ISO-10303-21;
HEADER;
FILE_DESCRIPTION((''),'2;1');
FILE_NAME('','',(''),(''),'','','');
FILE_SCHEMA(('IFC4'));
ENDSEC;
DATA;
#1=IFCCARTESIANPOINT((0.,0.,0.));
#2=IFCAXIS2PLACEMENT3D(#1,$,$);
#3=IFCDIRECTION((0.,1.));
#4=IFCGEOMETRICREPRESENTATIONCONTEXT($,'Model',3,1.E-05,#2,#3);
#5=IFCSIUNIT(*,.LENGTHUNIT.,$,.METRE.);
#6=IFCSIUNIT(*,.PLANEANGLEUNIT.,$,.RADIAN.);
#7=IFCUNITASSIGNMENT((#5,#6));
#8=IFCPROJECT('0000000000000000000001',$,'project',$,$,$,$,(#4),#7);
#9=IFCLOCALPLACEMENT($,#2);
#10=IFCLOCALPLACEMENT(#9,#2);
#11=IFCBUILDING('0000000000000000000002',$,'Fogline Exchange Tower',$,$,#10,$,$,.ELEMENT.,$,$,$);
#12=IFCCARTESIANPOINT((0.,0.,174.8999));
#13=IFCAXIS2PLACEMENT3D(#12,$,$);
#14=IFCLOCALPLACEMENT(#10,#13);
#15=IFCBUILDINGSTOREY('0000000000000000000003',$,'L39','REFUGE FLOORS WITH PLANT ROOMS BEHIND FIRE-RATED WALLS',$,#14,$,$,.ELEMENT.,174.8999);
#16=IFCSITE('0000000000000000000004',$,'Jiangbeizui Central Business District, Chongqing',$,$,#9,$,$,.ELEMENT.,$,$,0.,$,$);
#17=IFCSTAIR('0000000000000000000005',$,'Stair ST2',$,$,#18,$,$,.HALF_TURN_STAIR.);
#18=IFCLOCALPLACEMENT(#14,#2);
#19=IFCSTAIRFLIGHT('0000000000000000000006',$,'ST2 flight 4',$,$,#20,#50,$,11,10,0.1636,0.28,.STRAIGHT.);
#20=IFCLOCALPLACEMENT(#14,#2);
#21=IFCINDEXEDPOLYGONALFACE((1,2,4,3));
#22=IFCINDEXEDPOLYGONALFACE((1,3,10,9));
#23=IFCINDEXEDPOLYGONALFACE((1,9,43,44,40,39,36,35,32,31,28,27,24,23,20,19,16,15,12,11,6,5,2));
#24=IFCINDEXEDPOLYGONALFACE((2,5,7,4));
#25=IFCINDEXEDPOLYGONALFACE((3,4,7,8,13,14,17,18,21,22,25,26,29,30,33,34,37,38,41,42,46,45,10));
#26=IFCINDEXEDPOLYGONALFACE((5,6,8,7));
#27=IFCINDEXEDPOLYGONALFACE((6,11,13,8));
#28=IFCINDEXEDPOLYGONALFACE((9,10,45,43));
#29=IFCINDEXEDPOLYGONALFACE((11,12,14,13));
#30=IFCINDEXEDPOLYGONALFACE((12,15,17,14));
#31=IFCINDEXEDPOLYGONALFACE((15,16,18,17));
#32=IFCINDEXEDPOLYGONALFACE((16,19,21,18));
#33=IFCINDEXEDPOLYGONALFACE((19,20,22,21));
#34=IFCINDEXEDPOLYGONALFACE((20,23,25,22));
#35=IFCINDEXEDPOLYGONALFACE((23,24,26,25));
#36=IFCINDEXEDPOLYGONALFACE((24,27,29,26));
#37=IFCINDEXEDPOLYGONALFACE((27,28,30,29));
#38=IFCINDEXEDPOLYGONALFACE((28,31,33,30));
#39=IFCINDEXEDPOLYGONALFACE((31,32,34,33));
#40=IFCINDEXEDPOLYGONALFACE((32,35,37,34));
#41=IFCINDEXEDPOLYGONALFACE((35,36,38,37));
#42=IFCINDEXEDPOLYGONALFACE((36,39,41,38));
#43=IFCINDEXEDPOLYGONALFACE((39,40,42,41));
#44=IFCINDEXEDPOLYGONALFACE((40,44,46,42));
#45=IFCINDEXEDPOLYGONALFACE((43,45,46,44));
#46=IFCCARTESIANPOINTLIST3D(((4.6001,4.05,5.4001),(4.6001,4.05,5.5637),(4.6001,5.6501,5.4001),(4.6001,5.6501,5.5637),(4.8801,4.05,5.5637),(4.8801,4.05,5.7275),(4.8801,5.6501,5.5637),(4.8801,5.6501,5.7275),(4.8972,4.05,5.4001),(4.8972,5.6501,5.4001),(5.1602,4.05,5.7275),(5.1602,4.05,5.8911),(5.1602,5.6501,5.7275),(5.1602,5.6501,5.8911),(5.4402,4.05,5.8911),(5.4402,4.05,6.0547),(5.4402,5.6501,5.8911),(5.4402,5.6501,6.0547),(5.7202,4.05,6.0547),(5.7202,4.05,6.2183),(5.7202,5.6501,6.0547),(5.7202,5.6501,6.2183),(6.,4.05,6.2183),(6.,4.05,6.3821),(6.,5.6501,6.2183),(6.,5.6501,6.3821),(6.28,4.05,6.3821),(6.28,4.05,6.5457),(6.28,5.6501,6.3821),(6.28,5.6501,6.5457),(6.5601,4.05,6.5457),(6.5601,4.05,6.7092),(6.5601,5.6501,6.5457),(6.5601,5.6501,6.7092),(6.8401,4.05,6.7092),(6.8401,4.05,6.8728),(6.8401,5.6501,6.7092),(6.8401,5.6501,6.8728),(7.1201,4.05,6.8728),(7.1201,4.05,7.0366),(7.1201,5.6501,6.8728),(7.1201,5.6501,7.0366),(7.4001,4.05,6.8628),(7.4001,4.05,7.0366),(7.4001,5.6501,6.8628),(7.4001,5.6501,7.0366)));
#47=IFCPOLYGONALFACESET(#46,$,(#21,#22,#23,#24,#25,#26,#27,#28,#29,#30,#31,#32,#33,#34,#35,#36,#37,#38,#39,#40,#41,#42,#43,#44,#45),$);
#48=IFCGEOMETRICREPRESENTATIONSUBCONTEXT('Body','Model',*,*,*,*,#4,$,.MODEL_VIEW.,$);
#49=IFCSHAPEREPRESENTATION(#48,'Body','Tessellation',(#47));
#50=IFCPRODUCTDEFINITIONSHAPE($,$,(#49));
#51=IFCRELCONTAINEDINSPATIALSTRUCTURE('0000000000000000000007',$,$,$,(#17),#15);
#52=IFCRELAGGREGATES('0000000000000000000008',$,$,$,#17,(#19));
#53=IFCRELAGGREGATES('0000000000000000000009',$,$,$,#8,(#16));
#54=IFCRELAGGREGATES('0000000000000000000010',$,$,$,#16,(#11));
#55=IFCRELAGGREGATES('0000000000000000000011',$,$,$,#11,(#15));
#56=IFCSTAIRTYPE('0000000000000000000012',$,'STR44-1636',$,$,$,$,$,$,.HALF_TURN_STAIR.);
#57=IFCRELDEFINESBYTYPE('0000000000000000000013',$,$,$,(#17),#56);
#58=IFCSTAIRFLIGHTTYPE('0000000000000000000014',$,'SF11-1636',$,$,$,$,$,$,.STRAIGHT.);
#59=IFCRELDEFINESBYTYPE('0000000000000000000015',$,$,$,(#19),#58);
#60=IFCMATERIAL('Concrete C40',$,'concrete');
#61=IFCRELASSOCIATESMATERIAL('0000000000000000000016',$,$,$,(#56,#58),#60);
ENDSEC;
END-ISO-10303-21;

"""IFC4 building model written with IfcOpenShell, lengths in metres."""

from ifc_helpers import new_model, si_unit, direction, frame, origin, place, context, subcontext, project, spatial, polyline, outline, extrude, material, type_object, element, aggregate, save


model = new_model("IFC4")

# Units and contexts
model_context = context("Model", 3, precision=1e-05, world=origin(), true_north=direction((0.0, 1.0)))
body_context = subcontext(model_context, "Body", "Model", "MODEL_VIEW")
ifc_project = project(units=[si_unit("LENGTHUNIT", "METRE"), si_unit("PLANEANGLEUNIT", "RADIAN")], contexts=[model_context])

# Site, building, storey
site_placement = place(None, origin())
site = spatial("IfcSite", under=ifc_project, at=site_placement, Name="Jiangbeizui Central Business District, Chongqing", CompositionType="ELEMENT", RefElevation=0.0)
building_placement = place(site_placement, origin())
building = spatial("IfcBuilding", under=site, at=building_placement, Name="Fogline Exchange Tower", CompositionType="ELEMENT")
storey_placement = place(building_placement, frame((0.0, 0.0, 174.8999)))
storey = spatial("IfcBuildingStorey", under=building, at=storey_placement, Name="L39", Description="REFUGE FLOORS WITH PLANT ROOMS BEHIND FIRE-RATED WALLS", CompositionType="ELEMENT", Elevation=174.8999)

# Shared definitions
ifc_material_1 = material(Name="Concrete C40", Category="concrete")

# Stair, stair flight
stair_type = type_object("IfcStairType", Name="STR44-1636", PredefinedType="HALF_TURN_STAIR", material=ifc_material_1)
stair_placement = place(storey_placement, origin())
stair = element("IfcStair", 1, at=stair_placement, inside=storey, type_object=stair_type, Name="Stair ST2", PredefinedType="HALF_TURN_STAIR")
stair_flight_type = type_object("IfcStairFlightType", Name="SF11-1636", PredefinedType="STRAIGHT", material=ifc_material_1)
stair_flight_1_placement = place(storey_placement, frame((4.6001, 4.8501, 5.4001), z_axis=(0.0, 0.0, 1.0), x_axis=(1.0, 0.0, 0.0)))
stair_flight_1 = element("IfcStairFlight", 2, at=stair_flight_1_placement, type_object=stair_flight_type, Name="ST2 flight 4", NumberOfRisers=11, NumberOfTreads=10, PredefinedType="STRAIGHT", RiserHeight=0.1636, TreadLength=0.28, context=body_context, shape_type="SweptSolid", body=[
    extrude(outline(polyline([(0.0, 0.0), (0.0, 0.1636), (0.28, 0.1636), (0.28, 0.3274), (0.5601, 0.3274), (0.5601, 0.491), (0.8401, 0.491), (0.8401, 0.6545), (1.1201, 0.6545), (1.1201, 0.8181), (1.3999, 0.8181), (1.3999, 0.9819), (1.6799, 0.9819), (1.6799, 1.1455), (1.96, 1.1455), (1.96, 1.3091), (2.24, 1.3091), (2.24, 1.4727), (2.52, 1.4727), (2.52, 1.6365), (2.8, 1.6365), (2.8, 1.8), (2.8, 1.4626), (0.2971, 0.0), (0.0, 0.0)])), frame((0.0, 0.8, 0.0), z_axis=(0.0, -1.0, 0.0), x_axis=(1.0, 0.0, 0.0)), (0.0, 0.0, 1.0), 1.6001),
])
aggregate(stair, [stair_flight_1])

save(model, "model.ifc")
